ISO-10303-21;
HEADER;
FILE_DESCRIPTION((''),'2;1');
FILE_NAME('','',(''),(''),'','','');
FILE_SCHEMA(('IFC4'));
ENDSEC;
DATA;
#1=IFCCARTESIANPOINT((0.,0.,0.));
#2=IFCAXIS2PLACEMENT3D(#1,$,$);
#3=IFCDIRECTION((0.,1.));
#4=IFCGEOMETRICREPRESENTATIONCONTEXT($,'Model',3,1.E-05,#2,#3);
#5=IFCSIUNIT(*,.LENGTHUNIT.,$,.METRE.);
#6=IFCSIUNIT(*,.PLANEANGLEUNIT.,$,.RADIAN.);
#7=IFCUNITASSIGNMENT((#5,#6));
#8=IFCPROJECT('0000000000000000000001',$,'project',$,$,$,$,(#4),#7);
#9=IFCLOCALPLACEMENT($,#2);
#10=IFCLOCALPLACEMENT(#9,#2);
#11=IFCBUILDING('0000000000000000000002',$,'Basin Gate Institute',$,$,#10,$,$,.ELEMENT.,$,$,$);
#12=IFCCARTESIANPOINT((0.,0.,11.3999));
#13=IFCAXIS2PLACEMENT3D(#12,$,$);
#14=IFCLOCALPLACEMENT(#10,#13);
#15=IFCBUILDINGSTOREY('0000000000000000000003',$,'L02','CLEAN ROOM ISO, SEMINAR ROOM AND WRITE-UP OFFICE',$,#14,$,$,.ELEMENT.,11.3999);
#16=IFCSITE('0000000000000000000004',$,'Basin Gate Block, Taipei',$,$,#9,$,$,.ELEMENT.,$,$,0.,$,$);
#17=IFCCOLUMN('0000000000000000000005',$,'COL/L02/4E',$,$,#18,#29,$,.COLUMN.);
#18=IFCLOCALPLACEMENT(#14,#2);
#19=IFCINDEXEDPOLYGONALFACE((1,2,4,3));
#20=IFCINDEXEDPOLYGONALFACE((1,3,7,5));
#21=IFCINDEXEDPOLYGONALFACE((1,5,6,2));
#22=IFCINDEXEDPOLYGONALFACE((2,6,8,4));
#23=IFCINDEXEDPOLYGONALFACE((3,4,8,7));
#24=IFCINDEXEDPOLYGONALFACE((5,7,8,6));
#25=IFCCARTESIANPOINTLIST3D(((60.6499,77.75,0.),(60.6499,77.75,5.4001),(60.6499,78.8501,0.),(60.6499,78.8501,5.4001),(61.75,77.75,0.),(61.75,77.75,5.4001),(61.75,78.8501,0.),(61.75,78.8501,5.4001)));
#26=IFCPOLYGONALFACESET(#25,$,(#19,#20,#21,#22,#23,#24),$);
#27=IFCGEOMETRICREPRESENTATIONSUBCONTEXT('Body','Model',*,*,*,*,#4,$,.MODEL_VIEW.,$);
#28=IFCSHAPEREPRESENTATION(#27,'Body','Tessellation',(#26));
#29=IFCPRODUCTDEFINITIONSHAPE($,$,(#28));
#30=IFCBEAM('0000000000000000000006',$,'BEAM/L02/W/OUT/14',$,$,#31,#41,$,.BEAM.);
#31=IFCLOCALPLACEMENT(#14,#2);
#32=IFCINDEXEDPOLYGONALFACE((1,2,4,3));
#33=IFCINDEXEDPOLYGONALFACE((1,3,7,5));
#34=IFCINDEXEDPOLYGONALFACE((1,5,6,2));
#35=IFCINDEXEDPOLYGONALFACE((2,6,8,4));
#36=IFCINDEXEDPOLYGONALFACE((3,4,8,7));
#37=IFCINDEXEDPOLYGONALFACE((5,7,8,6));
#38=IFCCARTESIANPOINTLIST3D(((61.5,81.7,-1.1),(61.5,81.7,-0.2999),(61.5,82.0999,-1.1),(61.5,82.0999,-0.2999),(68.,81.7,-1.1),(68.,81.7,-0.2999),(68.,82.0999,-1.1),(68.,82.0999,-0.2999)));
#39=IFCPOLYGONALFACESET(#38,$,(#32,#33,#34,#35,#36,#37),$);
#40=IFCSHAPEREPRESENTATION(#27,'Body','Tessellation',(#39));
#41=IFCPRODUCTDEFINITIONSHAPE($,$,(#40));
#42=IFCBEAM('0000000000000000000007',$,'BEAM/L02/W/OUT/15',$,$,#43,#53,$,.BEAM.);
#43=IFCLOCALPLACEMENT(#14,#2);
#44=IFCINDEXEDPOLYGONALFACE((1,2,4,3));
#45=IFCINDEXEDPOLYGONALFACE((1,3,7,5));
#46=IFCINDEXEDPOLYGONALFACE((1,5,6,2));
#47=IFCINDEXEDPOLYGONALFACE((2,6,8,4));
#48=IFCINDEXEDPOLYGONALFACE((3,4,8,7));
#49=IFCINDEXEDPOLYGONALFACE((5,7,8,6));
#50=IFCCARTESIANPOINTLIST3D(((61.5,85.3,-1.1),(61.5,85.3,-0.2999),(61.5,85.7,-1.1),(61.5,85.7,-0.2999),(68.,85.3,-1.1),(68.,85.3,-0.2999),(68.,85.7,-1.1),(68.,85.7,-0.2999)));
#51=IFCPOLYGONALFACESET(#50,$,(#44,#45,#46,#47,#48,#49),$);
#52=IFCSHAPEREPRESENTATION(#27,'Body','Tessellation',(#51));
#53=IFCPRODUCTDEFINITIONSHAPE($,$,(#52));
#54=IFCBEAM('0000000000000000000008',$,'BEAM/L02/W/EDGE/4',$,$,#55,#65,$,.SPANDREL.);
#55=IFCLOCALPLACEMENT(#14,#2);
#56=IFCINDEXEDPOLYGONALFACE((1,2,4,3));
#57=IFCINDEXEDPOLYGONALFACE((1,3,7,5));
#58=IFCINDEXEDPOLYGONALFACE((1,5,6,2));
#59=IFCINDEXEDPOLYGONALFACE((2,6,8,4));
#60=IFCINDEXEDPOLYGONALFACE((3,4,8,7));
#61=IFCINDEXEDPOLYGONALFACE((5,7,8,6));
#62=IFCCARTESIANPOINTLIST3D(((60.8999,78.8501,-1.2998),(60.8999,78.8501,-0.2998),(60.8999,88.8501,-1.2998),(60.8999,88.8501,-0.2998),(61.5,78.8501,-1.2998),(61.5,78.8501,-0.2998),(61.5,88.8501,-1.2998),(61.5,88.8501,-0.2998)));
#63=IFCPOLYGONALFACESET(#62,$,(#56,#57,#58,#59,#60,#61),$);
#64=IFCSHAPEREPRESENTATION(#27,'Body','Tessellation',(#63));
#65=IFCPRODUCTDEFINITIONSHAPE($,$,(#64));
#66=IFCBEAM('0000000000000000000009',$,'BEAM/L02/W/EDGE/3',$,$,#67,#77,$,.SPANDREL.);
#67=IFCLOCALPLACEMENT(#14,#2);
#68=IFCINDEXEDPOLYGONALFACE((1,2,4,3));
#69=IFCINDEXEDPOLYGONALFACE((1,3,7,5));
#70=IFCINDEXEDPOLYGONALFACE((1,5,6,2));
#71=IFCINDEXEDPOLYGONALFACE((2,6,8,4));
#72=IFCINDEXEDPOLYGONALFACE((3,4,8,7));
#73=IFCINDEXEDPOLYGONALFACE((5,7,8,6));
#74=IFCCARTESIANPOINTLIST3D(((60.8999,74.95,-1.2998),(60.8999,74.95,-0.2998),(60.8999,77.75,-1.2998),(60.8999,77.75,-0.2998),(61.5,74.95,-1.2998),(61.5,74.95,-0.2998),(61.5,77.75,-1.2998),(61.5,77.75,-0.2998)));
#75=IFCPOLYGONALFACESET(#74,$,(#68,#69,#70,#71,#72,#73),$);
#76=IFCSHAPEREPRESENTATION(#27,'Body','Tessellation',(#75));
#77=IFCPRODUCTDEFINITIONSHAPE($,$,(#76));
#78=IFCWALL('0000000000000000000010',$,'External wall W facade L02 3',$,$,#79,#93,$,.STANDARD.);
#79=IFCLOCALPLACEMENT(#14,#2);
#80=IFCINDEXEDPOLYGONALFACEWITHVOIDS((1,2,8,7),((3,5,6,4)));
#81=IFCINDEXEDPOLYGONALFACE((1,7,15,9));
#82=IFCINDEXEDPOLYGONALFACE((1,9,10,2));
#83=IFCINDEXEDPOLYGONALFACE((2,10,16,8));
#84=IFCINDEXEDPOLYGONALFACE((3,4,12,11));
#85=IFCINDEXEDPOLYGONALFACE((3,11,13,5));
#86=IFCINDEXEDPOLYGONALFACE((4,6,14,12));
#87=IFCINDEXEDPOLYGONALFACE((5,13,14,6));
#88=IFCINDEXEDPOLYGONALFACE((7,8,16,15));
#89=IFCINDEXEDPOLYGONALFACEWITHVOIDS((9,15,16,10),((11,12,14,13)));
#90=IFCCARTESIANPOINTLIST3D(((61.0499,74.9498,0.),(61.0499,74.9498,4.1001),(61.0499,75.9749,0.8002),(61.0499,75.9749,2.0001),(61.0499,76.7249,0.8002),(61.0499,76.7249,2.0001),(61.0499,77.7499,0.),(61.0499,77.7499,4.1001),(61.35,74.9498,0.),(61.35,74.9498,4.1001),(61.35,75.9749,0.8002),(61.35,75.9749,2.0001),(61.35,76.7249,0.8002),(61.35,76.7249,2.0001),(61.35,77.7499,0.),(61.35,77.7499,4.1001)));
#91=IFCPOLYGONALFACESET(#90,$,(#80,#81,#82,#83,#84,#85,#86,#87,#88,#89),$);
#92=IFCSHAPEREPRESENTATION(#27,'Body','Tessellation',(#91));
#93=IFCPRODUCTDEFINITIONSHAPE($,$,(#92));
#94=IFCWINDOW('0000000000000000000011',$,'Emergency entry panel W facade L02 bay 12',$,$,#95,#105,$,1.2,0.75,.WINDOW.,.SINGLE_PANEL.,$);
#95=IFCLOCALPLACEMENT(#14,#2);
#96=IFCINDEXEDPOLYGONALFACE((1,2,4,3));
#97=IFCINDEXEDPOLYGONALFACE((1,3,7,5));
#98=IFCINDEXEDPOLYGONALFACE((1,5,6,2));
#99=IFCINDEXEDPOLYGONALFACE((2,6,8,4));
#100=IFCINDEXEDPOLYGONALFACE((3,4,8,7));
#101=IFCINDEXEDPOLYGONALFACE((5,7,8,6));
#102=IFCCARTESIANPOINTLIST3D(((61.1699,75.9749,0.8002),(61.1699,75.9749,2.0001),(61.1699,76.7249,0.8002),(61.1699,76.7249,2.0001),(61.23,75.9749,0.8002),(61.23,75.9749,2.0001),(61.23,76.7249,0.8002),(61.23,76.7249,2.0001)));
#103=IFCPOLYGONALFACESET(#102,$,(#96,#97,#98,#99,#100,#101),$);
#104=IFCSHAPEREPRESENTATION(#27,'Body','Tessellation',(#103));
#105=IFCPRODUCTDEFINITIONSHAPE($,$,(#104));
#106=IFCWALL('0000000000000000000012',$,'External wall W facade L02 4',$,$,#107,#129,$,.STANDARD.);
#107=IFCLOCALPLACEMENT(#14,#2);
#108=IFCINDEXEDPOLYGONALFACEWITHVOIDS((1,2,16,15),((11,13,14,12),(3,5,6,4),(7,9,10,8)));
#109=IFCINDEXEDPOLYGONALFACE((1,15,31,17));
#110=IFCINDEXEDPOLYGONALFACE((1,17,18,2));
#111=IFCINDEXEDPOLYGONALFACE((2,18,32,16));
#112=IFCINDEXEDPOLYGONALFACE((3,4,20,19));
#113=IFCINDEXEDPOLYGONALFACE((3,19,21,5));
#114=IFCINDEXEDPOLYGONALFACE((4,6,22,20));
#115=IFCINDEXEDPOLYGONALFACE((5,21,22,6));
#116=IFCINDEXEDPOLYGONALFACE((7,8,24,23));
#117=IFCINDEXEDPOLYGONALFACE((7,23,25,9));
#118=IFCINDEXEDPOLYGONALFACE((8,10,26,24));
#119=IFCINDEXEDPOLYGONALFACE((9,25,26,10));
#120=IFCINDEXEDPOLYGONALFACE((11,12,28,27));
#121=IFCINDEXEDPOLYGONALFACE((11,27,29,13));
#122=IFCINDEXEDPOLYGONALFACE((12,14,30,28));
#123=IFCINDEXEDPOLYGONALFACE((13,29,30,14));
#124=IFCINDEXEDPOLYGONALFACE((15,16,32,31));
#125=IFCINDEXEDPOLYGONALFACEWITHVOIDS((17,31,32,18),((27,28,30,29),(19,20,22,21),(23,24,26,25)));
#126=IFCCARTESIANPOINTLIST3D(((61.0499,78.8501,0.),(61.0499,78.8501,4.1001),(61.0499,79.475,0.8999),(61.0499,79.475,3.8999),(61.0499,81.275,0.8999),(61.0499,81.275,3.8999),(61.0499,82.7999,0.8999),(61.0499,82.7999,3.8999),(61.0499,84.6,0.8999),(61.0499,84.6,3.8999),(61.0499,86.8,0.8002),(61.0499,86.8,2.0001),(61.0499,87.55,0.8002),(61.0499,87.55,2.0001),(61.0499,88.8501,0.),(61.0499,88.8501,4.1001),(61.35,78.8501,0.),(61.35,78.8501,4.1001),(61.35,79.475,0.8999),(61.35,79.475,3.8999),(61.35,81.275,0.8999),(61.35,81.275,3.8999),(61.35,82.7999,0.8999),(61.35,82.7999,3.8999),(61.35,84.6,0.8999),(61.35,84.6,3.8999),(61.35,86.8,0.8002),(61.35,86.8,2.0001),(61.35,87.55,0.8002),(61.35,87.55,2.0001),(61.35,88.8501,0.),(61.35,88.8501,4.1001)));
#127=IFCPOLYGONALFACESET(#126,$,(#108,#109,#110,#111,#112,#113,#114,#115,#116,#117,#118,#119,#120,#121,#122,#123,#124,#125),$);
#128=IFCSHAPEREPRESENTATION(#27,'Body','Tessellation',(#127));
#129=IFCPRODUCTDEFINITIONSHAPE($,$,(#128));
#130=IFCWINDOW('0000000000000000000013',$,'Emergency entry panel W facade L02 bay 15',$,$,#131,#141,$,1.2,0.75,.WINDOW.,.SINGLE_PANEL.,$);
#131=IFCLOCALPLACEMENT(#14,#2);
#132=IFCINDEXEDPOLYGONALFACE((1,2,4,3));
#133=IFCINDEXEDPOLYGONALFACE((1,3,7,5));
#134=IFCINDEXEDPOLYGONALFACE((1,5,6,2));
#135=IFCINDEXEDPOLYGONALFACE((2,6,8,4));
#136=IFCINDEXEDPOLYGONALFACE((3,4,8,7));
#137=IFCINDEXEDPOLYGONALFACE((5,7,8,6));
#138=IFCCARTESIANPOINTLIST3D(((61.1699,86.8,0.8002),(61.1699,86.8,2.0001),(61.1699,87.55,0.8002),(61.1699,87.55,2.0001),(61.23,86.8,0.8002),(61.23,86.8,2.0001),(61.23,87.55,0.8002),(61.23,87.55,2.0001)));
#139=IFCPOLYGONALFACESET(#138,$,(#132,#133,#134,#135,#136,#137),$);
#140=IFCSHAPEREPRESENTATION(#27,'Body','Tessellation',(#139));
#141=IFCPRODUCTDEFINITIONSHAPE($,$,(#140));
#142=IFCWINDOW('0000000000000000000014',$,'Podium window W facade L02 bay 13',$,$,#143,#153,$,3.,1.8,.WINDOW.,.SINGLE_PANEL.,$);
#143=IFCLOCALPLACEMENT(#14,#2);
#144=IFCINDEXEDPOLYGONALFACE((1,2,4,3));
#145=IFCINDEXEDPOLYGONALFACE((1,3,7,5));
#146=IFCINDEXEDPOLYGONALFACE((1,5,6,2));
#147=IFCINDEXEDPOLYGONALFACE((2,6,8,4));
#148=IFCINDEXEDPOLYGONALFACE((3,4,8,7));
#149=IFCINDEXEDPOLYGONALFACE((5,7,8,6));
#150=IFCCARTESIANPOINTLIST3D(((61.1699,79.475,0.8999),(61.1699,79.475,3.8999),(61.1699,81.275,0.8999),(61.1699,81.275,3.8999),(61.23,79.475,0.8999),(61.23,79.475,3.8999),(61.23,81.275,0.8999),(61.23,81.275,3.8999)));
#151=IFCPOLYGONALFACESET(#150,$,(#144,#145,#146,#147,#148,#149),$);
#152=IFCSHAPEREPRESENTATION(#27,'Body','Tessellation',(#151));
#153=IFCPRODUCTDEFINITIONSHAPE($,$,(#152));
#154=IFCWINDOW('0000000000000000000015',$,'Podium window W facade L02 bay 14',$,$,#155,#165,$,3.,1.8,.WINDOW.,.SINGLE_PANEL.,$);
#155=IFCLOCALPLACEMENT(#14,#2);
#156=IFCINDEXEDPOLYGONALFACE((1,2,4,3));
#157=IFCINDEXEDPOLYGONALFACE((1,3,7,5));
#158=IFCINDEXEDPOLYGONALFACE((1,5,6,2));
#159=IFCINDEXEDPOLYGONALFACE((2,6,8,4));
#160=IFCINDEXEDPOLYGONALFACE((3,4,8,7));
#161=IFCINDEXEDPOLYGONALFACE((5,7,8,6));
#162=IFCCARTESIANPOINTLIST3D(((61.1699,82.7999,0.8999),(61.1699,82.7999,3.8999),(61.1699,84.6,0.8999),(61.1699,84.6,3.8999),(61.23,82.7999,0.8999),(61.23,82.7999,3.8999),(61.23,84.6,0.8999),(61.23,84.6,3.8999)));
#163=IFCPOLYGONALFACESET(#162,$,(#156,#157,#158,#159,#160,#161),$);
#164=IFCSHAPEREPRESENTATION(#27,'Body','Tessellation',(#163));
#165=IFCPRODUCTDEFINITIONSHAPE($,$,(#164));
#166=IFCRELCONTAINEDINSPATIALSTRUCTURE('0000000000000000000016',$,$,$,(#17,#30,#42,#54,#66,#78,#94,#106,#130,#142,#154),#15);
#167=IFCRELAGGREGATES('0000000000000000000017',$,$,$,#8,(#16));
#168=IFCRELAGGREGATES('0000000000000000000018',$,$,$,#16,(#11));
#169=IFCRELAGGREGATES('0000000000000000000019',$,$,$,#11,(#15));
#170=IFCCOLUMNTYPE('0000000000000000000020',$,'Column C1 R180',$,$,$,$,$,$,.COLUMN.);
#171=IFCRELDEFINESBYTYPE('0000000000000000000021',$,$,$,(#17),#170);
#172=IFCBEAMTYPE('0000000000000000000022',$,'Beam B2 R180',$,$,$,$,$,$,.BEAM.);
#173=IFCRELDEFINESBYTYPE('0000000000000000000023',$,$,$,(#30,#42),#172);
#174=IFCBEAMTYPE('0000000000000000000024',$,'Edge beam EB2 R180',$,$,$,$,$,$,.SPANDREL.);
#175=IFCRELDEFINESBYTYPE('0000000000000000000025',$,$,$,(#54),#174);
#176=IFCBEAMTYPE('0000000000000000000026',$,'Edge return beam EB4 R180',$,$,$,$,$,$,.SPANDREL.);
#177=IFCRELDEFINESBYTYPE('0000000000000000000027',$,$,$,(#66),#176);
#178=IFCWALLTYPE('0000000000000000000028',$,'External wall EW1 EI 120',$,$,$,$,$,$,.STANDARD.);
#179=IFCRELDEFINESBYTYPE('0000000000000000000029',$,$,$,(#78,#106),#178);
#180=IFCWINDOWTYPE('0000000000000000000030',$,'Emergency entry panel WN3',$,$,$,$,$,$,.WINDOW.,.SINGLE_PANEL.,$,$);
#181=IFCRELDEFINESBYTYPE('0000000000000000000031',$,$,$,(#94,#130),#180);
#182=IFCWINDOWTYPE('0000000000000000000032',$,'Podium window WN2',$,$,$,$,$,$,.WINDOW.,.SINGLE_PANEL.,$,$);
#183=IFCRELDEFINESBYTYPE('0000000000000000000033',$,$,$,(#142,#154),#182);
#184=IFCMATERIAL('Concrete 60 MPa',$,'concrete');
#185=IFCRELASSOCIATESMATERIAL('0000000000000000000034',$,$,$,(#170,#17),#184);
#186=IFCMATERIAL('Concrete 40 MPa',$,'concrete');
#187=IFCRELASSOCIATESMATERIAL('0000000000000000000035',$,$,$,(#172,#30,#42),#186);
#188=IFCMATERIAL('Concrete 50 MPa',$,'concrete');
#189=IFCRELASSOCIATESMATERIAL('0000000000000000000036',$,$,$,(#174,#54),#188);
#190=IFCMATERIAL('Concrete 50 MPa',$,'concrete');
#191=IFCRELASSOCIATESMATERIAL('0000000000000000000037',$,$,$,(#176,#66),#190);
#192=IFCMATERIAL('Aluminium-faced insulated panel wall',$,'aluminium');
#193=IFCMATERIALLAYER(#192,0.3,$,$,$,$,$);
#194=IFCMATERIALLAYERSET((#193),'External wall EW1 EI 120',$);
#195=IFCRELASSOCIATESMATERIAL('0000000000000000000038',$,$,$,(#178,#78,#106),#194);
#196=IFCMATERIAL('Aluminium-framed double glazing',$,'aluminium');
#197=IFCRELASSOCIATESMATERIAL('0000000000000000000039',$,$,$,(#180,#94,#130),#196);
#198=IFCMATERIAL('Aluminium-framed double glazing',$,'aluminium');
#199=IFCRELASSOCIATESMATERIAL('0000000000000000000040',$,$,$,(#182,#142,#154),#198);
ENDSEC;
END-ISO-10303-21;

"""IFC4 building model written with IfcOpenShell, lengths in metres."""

from ifc_helpers import new_model, si_unit, direction, frame, frame_2d, origin, origin_2d, place, context, subcontext, project, spatial, rectangle, extrude, material, layer, layer_set, material_profile, profile_set, type_object, element, fill, save


model = new_model("IFC4")

# Units and contexts
model_context = context("Model", 3, precision=1e-05, world=origin(), true_north=direction((0.0, 1.0)))
body_context = subcontext(model_context, "Body", "Model", "MODEL_VIEW")
ifc_project = project(units=[si_unit("LENGTHUNIT", "METRE"), si_unit("PLANEANGLEUNIT", "RADIAN")], contexts=[model_context])

# Site, building, storey
site_placement = place(None, origin())
site = spatial("IfcSite", under=ifc_project, at=site_placement, Name="Basin Gate Block, Taipei", CompositionType="ELEMENT", RefElevation=0.0)
building_placement = place(site_placement, origin())
building = spatial("IfcBuilding", under=site, at=building_placement, Name="Basin Gate Institute", CompositionType="ELEMENT")
storey_placement = place(building_placement, frame((0.0, 0.0, 11.3999)))
storey = spatial("IfcBuildingStorey", under=building, at=storey_placement, Name="L02", Description="CLEAN ROOM ISO, SEMINAR ROOM AND WRITE-UP OFFICE", CompositionType="ELEMENT", Elevation=11.3999)

# Column
ifc_material_1 = material(Name="Concrete 60 MPa", Category="concrete")
ifc_material_profile_1 = material_profile(ifc_material_1, rectangle(XDim=1.1001, YDim=1.1001, at=origin_2d()), Name="Column C1 1100 x 1100")
ifc_profile_set_1 = profile_set([ifc_material_profile_1], Name="Concrete 60 MPa")
column_type = type_object("IfcColumnType", Name="Column C1 R180", PredefinedType="COLUMN", material=ifc_profile_set_1)
column_placement = place(storey_placement, frame((61.2, 78.3, 0.0), z_axis=(0.0, 0.0, 1.0), x_axis=(1.0, 0.0, 0.0)))
element("IfcColumn", 1, at=column_placement, inside=storey, type_object=column_type, material=ifc_profile_set_1, Name="COL/L02/4E", PredefinedType="COLUMN", context=body_context, shape_type="SweptSolid", body=[
    extrude(rectangle(XDim=1.1001, YDim=1.1001, at=origin_2d()), origin(), (0.0, 0.0, 1.0), 5.4001),
])

# Beams
ifc_material_2 = material(Name="Concrete 40 MPa", Category="concrete")
ifc_material_profile_2 = material_profile(ifc_material_2, rectangle(XDim=0.3999, YDim=0.8, at=origin_2d()), Name="Beam B2 400 x 800")
ifc_profile_set_2 = profile_set([ifc_material_profile_2], Name="Concrete 40 MPa")
beam_type_1 = type_object("IfcBeamType", Name="Beam B2 R180", PredefinedType="BEAM", material=ifc_profile_set_2)
for number, where, z_axis, x_axis, name in (
    (2, (61.5, 81.8999, -0.7), (1.0, 0.0, 0.0), (0.0, 1.0, 0.0), "BEAM/L02/W/OUT/14"),
    (3, (61.5, 85.5, -0.7), (1.0, 0.0, 0.0), (0.0, 1.0, 0.0), "BEAM/L02/W/OUT/15"),
):
    element("IfcBeam", number, at=place(storey_placement, frame(where, z_axis=z_axis, x_axis=x_axis)), inside=storey, type_object=beam_type_1, material=ifc_profile_set_2, Name=name, PredefinedType="BEAM", context=body_context, shape_type="SweptSolid", body=[
        extrude(rectangle(XDim=0.3999, YDim=0.8, at=origin_2d()), origin(), (0.0, 0.0, 1.0), 6.5),
    ])
ifc_material_3 = material(Name="Concrete 50 MPa", Category="concrete")
ifc_material_profile_3 = material_profile(ifc_material_3, rectangle(XDim=0.6001, YDim=1.0, at=origin_2d()), Name="Edge beam EB2 600 x 1000")
ifc_profile_set_3 = profile_set([ifc_material_profile_3], Name="Concrete 50 MPa")
beam_type_2 = type_object("IfcBeamType", Name="Edge beam EB2 R180", PredefinedType="SPANDREL", material=ifc_profile_set_3)
beam_1_placement = place(storey_placement, frame((61.2, 78.8501, -0.7998), z_axis=(0.0, 1.0, 0.0), x_axis=(-1.0, 0.0, 0.0)))
element("IfcBeam", 4, at=beam_1_placement, inside=storey, type_object=beam_type_2, material=ifc_profile_set_3, Name="BEAM/L02/W/EDGE/4", PredefinedType="SPANDREL", context=body_context, shape_type="SweptSolid", body=[
    extrude(rectangle(XDim=0.6001, YDim=1.0, at=origin_2d()), origin(), (0.0, 0.0, 1.0), 10.0),
])
ifc_material_4 = material(Name="Concrete 50 MPa", Category="concrete")
ifc_material_profile_4 = material_profile(ifc_material_4, rectangle(XDim=0.6001, YDim=1.0, at=origin_2d()), Name="Edge return beam EB4 600 x 1000")
ifc_profile_set_4 = profile_set([ifc_material_profile_4], Name="Concrete 50 MPa")
beam_type_3 = type_object("IfcBeamType", Name="Edge return beam EB4 R180", PredefinedType="SPANDREL", material=ifc_profile_set_4)
beam_2_placement = place(storey_placement, frame((61.2, 74.95, -0.7998), z_axis=(0.0, 1.0, 0.0), x_axis=(-1.0, 0.0, 0.0)))
element("IfcBeam", 5, at=beam_2_placement, inside=storey, type_object=beam_type_3, material=ifc_profile_set_4, Name="BEAM/L02/W/EDGE/3", PredefinedType="SPANDREL", context=body_context, shape_type="SweptSolid", body=[
    extrude(rectangle(XDim=0.6001, YDim=1.0, at=origin_2d()), origin(), (0.0, 0.0, 1.0), 2.8),
])

# Wall, opening, window
ifc_material_5 = material(Name="Aluminium-faced insulated panel wall", Category="aluminium")
ifc_layer_1 = layer(ifc_material_5, 0.3)
ifc_layer_set_1 = layer_set([ifc_layer_1], Name="External wall EW1 EI 120")
wall_type_1 = type_object("IfcWallType", Name="External wall EW1 EI 120", PredefinedType="STANDARD", material=ifc_layer_set_1)
wall_1_placement = place(storey_placement, frame((61.2, 74.95, 0.0), z_axis=(0.0, 0.0, 1.0), x_axis=(0.0, 1.0, 0.0)))
wall_1 = element("IfcWall", 6, at=wall_1_placement, inside=storey, type_object=wall_type_1, material=ifc_layer_set_1, Name="External wall W facade L02 3", PredefinedType="STANDARD", context=body_context, shape_type="SweptSolid", body=[
    extrude(rectangle(XDim=2.8, YDim=0.3, at=frame_2d((1.3999, 0.0))), origin(), (0.0, 0.0, 1.0), 4.1001),
])
opening_1_placement = place(wall_1_placement, frame((1.0249, 0.0, 0.8)))
opening_1 = element("IfcOpeningElement", 7, at=opening_1_placement, cuts=wall_1, PredefinedType="OPENING", context=body_context, shape_type="SweptSolid", body=[
    extrude(rectangle(XDim=0.75, YDim=1.2, at=frame_2d((0.375, 0.6001))), frame((0.0, 0.1602, 0.0), z_axis=(0.0, -1.0, 0.0), x_axis=(1.0, 0.0, 0.0)), (0.0, 0.0, 1.0), 0.3201),
])
ifc_material_6 = material(Name="Aluminium-framed double glazing", Category="aluminium")
window_type_1 = type_object("IfcWindowType", Name="Emergency entry panel WN3", PartitioningType="SINGLE_PANEL", PredefinedType="WINDOW", material=ifc_material_6)
window_1_placement = place(opening_1_placement, origin())
window_1 = element("IfcWindow", 8, at=window_1_placement, inside=storey, type_object=window_type_1, material=ifc_material_6, Name="Emergency entry panel W facade L02 bay 12", OverallHeight=1.2, OverallWidth=0.75, PartitioningType="SINGLE_PANEL", PredefinedType="WINDOW", context=body_context, shape_type="SweptSolid", body=[
    extrude(rectangle(XDim=0.75, YDim=1.2, at=frame_2d((0.375, 0.6001))), frame((0.0, 0.03, 0.0), z_axis=(0.0, -1.0, 0.0), x_axis=(1.0, 0.0, 0.0)), (0.0, 0.0, 1.0), 0.0601),
])
fill(opening_1, window_1)

# Wall, openings, windows
wall_2_placement = place(storey_placement, frame((61.2, 78.8501, 0.0), z_axis=(0.0, 0.0, 1.0), x_axis=(0.0, 1.0, 0.0)))
wall_2 = element("IfcWall", 9, at=wall_2_placement, inside=storey, type_object=wall_type_1, material=ifc_layer_set_1, Name="External wall W facade L02 4", PredefinedType="STANDARD", context=body_context, shape_type="SweptSolid", body=[
    extrude(rectangle(XDim=10.0, YDim=0.3, at=frame_2d((5.0, 0.0))), origin(), (0.0, 0.0, 1.0), 4.1001),
])
opening_2_placement = place(wall_2_placement, frame((0.625, 0.0, 0.8999)))
opening_2 = element("IfcOpeningElement", 10, at=opening_2_placement, cuts=wall_2, PredefinedType="OPENING", context=body_context, shape_type="SweptSolid", body=[
    extrude(rectangle(XDim=1.8, YDim=3.0, at=frame_2d((0.8999, 1.5))), frame((0.0, 0.1602, 0.0), z_axis=(0.0, -1.0, 0.0), x_axis=(1.0, 0.0, 0.0)), (0.0, 0.0, 1.0), 0.3201),
])
opening_3_placement = place(wall_2_placement, frame((3.95, 0.0, 0.8999)))
opening_3 = element("IfcOpeningElement", 11, at=opening_3_placement, cuts=wall_2, PredefinedType="OPENING", context=body_context, shape_type="SweptSolid", body=[
    extrude(rectangle(XDim=1.8, YDim=3.0, at=frame_2d((0.8999, 1.5))), frame((0.0, 0.1602, 0.0), z_axis=(0.0, -1.0, 0.0), x_axis=(1.0, 0.0, 0.0)), (0.0, 0.0, 1.0), 0.3201),
])
opening_4_placement = place(wall_2_placement, frame((7.95, 0.0, 0.8)))
opening_4 = element("IfcOpeningElement", 12, at=opening_4_placement, cuts=wall_2, PredefinedType="OPENING", context=body_context, shape_type="SweptSolid", body=[
    extrude(rectangle(XDim=0.75, YDim=1.2, at=frame_2d((0.375, 0.6001))), frame((0.0, 0.1602, 0.0), z_axis=(0.0, -1.0, 0.0), x_axis=(1.0, 0.0, 0.0)), (0.0, 0.0, 1.0), 0.3201),
])
window_2_placement = place(opening_4_placement, origin())
window_2 = element("IfcWindow", 13, at=window_2_placement, inside=storey, type_object=window_type_1, material=ifc_material_6, Name="Emergency entry panel W facade L02 bay 15", OverallHeight=1.2, OverallWidth=0.75, PartitioningType="SINGLE_PANEL", PredefinedType="WINDOW", context=body_context, shape_type="SweptSolid", body=[
    extrude(rectangle(XDim=0.75, YDim=1.2, at=frame_2d((0.375, 0.6001))), frame((0.0, 0.03, 0.0), z_axis=(0.0, -1.0, 0.0), x_axis=(1.0, 0.0, 0.0)), (0.0, 0.0, 1.0), 0.0601),
])
fill(opening_4, window_2)
ifc_material_7 = material(Name="Aluminium-framed double glazing", Category="aluminium")
window_type_2 = type_object("IfcWindowType", Name="Podium window WN2", PartitioningType="SINGLE_PANEL", PredefinedType="WINDOW", material=ifc_material_7)
window_3_placement = place(opening_2_placement, origin())
window_3 = element("IfcWindow", 14, at=window_3_placement, inside=storey, type_object=window_type_2, material=ifc_material_7, Name="Podium window W facade L02 bay 13", OverallHeight=3.0, OverallWidth=1.8, PartitioningType="SINGLE_PANEL", PredefinedType="WINDOW", context=body_context, shape_type="SweptSolid", body=[
    extrude(rectangle(XDim=1.8, YDim=3.0, at=frame_2d((0.8999, 1.5))), frame((0.0, 0.03, 0.0), z_axis=(0.0, -1.0, 0.0), x_axis=(1.0, 0.0, 0.0)), (0.0, 0.0, 1.0), 0.0601),
])
fill(opening_2, window_3)
window_4_placement = place(opening_3_placement, origin())
window_4 = element("IfcWindow", 15, at=window_4_placement, inside=storey, type_object=window_type_2, material=ifc_material_7, Name="Podium window W facade L02 bay 14", OverallHeight=3.0, OverallWidth=1.8, PartitioningType="SINGLE_PANEL", PredefinedType="WINDOW", context=body_context, shape_type="SweptSolid", body=[
    extrude(rectangle(XDim=1.8, YDim=3.0, at=frame_2d((0.8999, 1.5))), frame((0.0, 0.03, 0.0), z_axis=(0.0, -1.0, 0.0), x_axis=(1.0, 0.0, 0.0)), (0.0, 0.0, 1.0), 0.0601),
])
fill(opening_3, window_4)

save(model, "model.ifc")
